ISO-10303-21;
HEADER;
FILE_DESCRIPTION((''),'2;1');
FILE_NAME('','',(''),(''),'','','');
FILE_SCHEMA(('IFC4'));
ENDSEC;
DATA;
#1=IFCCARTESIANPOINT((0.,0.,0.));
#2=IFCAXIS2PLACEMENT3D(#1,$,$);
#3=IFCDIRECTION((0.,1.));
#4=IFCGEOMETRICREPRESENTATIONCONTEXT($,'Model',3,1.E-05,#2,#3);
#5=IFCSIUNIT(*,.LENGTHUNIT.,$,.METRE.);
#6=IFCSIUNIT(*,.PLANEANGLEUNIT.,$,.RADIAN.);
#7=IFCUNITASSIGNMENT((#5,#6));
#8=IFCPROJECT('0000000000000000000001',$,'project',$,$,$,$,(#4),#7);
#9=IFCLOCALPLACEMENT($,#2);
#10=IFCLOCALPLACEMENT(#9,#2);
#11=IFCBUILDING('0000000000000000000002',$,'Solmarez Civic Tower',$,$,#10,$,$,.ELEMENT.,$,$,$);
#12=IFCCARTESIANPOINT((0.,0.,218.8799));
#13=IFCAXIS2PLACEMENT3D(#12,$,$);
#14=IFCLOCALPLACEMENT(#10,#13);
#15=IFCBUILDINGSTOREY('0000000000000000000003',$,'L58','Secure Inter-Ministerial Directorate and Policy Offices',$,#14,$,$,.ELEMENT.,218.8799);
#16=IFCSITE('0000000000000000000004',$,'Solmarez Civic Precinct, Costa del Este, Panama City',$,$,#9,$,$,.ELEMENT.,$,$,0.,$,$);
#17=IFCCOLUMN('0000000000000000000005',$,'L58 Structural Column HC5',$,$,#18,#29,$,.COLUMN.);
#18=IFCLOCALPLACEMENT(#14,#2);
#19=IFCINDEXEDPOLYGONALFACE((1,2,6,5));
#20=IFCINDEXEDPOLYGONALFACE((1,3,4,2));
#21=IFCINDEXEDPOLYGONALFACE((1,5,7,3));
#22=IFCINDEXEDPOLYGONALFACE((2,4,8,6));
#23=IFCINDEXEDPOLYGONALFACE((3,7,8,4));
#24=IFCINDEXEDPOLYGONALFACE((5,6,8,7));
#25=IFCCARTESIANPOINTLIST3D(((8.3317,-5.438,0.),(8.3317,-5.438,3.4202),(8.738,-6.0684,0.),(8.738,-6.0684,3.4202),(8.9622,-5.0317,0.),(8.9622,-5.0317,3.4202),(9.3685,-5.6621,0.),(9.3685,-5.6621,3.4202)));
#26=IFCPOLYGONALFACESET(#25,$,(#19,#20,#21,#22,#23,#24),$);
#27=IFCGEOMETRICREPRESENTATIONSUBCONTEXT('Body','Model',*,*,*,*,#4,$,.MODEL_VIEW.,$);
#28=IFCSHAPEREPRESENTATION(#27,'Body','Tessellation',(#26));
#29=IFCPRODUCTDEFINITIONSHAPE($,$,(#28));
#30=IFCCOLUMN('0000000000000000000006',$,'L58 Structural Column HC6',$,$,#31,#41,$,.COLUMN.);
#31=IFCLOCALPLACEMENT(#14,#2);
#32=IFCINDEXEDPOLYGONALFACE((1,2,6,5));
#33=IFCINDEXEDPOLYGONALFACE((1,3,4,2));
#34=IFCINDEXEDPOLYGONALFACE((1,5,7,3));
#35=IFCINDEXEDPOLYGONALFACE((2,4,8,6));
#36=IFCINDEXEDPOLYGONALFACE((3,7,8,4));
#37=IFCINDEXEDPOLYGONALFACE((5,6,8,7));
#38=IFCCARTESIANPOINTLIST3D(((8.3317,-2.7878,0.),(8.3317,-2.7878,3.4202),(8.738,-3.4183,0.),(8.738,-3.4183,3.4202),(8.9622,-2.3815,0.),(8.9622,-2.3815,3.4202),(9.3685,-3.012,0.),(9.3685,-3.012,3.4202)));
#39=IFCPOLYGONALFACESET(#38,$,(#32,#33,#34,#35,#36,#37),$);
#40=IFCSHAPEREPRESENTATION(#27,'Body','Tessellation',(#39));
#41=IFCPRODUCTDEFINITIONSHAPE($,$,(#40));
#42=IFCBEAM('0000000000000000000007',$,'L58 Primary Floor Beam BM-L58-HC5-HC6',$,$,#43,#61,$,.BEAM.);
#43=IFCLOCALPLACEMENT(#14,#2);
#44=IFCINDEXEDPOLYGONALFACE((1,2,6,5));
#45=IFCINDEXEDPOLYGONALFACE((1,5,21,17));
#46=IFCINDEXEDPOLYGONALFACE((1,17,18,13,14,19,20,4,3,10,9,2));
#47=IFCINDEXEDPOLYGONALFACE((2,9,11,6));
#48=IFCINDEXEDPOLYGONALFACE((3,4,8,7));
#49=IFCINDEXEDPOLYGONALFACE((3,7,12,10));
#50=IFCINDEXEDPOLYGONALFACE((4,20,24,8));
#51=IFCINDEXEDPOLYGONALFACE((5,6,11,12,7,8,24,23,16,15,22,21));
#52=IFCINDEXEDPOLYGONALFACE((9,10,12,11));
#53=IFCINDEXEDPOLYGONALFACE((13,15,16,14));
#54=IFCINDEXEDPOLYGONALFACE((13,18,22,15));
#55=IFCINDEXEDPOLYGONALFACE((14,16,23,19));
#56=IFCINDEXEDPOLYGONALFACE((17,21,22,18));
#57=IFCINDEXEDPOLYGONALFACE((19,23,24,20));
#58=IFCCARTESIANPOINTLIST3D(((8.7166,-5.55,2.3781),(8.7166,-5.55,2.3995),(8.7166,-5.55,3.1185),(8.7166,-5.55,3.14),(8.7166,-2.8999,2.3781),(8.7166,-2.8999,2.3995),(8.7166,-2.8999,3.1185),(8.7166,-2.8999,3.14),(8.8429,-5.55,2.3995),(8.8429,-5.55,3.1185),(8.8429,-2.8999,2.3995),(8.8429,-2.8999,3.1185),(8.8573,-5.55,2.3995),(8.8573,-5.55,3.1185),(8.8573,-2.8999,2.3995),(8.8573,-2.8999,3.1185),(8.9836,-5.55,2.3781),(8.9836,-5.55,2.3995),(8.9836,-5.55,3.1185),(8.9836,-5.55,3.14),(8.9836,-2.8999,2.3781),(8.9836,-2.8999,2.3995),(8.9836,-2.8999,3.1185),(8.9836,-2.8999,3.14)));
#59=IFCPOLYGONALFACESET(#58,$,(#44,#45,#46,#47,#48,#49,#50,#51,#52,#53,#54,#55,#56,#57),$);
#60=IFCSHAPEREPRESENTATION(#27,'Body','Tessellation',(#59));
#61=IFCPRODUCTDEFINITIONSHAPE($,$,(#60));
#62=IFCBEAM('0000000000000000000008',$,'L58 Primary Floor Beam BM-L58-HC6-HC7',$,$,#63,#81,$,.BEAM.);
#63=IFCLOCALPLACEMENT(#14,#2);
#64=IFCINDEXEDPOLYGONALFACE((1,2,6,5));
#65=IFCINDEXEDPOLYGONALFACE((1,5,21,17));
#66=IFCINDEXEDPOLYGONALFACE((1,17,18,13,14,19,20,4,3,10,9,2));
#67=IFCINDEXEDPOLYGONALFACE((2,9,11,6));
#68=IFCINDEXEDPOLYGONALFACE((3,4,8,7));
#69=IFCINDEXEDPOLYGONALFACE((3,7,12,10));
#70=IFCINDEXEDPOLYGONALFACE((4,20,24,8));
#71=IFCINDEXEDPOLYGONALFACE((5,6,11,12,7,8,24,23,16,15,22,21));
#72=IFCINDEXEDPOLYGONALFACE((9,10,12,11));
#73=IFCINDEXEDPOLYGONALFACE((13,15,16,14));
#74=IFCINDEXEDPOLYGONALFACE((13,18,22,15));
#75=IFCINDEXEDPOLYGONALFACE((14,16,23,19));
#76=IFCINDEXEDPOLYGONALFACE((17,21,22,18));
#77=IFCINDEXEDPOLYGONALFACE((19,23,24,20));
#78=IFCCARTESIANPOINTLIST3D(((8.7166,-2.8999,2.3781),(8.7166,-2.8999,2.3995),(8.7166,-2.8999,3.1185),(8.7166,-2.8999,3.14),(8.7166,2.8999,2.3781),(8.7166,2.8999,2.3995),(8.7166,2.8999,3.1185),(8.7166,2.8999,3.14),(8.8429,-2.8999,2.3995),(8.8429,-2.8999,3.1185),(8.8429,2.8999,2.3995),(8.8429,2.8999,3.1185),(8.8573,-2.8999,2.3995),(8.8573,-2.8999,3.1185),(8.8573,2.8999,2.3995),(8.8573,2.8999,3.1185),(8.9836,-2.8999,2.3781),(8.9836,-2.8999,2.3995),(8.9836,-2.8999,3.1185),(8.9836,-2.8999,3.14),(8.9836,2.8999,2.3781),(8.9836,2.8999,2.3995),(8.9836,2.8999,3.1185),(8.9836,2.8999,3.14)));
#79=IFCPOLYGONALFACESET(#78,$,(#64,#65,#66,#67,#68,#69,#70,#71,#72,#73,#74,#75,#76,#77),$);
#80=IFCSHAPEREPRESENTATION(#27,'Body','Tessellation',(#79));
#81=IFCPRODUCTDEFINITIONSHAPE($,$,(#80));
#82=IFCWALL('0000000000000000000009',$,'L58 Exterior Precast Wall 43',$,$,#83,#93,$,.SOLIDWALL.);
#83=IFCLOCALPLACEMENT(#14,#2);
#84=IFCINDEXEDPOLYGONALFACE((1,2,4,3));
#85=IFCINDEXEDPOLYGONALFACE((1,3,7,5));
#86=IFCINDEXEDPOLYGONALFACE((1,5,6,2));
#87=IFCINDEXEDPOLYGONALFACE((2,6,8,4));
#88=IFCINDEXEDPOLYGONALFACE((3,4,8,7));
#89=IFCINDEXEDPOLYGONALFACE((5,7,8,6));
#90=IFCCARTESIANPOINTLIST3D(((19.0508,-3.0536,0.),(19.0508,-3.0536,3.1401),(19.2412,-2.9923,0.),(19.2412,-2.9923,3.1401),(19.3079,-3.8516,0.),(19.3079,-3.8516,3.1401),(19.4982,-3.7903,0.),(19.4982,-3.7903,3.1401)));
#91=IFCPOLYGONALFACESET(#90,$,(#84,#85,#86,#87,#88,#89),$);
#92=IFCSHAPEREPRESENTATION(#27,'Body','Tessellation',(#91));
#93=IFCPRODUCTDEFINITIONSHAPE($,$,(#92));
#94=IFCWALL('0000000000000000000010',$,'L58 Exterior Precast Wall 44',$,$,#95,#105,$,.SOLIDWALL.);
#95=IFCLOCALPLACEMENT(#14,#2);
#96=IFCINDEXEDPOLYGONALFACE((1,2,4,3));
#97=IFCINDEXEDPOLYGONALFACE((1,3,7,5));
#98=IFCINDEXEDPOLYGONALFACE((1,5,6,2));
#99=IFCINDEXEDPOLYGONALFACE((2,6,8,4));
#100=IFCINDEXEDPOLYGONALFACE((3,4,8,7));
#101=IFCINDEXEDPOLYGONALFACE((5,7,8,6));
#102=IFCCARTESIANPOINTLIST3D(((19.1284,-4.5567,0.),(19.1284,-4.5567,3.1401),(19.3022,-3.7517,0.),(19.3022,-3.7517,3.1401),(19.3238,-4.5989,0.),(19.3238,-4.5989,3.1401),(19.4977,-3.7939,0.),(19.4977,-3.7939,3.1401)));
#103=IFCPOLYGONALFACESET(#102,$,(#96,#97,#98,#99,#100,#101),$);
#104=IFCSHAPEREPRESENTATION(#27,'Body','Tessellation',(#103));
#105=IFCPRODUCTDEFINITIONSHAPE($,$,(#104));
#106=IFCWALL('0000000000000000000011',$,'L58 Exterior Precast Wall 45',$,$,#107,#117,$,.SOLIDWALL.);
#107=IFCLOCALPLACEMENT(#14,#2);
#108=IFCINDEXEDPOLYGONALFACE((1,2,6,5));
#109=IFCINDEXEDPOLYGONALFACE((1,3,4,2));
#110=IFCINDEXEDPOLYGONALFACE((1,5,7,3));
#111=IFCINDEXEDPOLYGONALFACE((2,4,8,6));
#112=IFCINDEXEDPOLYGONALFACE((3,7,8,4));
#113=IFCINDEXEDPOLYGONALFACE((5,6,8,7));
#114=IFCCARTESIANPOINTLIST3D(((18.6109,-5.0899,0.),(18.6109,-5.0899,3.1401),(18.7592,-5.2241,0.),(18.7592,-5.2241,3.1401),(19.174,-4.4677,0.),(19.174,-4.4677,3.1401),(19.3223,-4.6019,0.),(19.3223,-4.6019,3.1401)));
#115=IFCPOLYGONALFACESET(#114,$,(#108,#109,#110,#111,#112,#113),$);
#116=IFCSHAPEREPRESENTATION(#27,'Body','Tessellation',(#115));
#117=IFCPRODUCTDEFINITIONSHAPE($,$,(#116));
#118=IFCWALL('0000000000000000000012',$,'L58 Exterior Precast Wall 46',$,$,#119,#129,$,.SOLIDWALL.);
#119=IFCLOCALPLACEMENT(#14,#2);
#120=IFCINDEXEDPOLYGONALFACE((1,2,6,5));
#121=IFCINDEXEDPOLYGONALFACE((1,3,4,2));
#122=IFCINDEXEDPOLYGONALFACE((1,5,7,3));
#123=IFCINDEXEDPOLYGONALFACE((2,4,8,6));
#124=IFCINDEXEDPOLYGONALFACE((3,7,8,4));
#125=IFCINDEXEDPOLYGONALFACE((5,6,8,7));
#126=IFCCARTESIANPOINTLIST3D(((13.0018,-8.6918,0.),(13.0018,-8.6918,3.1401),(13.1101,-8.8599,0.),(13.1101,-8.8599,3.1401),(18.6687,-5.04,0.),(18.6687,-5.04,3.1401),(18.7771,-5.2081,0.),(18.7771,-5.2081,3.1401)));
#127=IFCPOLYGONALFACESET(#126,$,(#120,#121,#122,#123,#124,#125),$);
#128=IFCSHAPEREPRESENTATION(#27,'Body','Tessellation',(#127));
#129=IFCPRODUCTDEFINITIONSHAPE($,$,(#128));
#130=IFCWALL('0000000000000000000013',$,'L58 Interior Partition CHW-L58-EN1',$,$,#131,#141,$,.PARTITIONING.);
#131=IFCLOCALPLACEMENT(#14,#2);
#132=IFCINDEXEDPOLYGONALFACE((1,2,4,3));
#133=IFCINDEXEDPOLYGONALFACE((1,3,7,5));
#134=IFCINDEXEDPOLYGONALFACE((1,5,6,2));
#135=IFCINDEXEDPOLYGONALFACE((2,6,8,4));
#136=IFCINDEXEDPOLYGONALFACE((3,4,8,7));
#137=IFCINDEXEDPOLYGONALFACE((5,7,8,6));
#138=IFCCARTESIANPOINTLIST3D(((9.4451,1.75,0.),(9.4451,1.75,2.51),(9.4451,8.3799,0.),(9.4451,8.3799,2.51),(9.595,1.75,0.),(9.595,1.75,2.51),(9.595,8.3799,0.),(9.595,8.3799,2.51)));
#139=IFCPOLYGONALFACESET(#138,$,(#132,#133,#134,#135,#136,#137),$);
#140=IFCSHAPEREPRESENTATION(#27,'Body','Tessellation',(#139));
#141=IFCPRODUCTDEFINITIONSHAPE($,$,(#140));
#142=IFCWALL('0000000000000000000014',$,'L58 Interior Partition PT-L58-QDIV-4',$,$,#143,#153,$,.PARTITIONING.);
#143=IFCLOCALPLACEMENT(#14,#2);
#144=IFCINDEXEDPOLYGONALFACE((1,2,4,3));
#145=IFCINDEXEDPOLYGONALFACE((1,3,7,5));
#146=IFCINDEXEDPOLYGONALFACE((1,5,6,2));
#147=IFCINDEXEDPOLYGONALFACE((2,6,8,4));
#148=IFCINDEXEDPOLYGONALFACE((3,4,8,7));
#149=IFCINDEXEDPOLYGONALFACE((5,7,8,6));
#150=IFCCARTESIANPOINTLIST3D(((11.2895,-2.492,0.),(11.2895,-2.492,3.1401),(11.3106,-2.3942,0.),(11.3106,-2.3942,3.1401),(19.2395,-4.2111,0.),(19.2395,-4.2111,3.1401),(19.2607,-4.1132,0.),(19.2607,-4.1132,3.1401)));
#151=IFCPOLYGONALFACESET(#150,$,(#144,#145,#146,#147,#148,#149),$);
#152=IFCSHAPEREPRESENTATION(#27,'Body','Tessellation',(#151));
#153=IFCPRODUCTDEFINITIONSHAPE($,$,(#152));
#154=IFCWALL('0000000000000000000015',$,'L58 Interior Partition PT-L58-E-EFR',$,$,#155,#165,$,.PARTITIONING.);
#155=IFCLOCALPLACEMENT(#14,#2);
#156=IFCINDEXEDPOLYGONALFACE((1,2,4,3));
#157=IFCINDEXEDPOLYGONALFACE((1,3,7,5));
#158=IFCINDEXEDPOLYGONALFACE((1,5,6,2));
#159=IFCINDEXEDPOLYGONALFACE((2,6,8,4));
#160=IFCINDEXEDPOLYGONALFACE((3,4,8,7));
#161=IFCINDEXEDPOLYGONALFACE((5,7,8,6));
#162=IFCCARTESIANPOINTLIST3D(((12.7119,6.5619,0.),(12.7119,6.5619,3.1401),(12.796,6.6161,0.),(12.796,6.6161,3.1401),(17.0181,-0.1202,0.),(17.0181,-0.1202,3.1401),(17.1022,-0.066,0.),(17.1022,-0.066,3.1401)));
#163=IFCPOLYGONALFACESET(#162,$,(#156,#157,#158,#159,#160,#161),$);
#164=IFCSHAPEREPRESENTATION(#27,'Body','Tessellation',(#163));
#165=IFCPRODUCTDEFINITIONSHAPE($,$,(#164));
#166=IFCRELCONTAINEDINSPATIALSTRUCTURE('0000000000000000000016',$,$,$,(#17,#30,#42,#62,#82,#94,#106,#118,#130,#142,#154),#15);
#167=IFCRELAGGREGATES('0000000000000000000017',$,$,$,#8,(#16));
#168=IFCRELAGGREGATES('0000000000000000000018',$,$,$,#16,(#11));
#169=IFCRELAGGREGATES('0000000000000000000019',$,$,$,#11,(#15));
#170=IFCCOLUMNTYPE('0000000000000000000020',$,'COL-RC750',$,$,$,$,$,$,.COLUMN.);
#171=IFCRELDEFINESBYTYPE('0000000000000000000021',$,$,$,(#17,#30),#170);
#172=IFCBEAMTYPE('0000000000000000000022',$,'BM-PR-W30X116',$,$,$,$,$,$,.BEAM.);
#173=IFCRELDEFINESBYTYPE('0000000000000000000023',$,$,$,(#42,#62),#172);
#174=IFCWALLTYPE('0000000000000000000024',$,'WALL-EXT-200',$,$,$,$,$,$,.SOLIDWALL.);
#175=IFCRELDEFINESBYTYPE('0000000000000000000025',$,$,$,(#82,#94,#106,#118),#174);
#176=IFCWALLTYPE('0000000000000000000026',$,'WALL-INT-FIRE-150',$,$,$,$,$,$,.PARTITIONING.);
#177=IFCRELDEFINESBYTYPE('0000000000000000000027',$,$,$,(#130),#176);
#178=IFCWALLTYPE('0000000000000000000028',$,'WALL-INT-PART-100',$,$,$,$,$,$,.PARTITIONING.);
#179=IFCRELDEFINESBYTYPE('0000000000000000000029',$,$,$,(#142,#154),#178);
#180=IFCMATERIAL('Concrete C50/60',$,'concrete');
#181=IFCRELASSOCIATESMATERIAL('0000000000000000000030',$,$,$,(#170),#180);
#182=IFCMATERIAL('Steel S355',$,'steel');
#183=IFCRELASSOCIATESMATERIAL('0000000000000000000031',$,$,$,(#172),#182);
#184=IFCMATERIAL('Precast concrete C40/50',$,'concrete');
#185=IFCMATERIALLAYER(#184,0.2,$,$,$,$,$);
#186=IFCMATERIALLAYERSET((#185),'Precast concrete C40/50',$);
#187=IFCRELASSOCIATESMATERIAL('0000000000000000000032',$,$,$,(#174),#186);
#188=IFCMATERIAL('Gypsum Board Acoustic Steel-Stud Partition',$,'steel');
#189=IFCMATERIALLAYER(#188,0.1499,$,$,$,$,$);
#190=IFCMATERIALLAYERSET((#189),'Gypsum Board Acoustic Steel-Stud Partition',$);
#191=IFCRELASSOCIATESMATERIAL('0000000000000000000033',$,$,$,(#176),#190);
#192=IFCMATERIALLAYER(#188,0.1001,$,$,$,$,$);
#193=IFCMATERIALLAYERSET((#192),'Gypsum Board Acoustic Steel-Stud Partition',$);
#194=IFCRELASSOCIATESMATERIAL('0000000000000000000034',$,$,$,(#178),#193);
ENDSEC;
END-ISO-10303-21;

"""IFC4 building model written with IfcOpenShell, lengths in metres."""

from ifc_helpers import new_model, si_unit, direction, frame, frame_2d, origin, origin_2d, place, context, subcontext, project, spatial, rectangle, i_section, extrude, material, layer, layer_set, material_profile, profile_set, type_object, element, save


model = new_model("IFC4")

# Units and contexts
model_context = context("Model", 3, precision=1e-05, world=origin(), true_north=direction((0.0, 1.0)))
body_context = subcontext(model_context, "Body", "Model", "MODEL_VIEW")
ifc_project = project(units=[si_unit("LENGTHUNIT", "METRE"), si_unit("PLANEANGLEUNIT", "RADIAN")], contexts=[model_context])

# Site, building, storey
site_placement = place(None, origin())
site = spatial("IfcSite", under=ifc_project, at=site_placement, Name="Solmarez Civic Precinct, Costa del Este, Panama City", CompositionType="ELEMENT", RefElevation=0.0)
building_placement = place(site_placement, origin())
building = spatial("IfcBuilding", under=site, at=building_placement, Name="Solmarez Civic Tower", CompositionType="ELEMENT")
storey_placement = place(building_placement, frame((0.0, 0.0, 218.8799)))
storey = spatial("IfcBuildingStorey", under=building, at=storey_placement, Name="L58", Description="Secure Inter-Ministerial Directorate and Policy Offices", CompositionType="ELEMENT", Elevation=218.8799)

# Columns
ifc_material_1 = material(Name="Concrete C50/60", Category="concrete")
ifc_material_profile_1 = material_profile(ifc_material_1, rectangle(XDim=0.75, YDim=0.75, at=origin_2d()), Name="RC750X750")
ifc_profile_set_1 = profile_set([ifc_material_profile_1], Name="Concrete C50/60")
column_type = type_object("IfcColumnType", Name="COL-RC750", PredefinedType="COLUMN", material=ifc_profile_set_1)
for number, where, z_axis, x_axis, name in (
    (1, (8.8501, -5.55, 0.0), (0.0, 0.0, 1.0), (0.840567, 0.541708, 0.0), "L58 Structural Column HC5"),
    (2, (8.8501, -2.8999, 0.0), (0.0, 0.0, 1.0), (0.840567, 0.541708, 0.0), "L58 Structural Column HC6"),
):
    element("IfcColumn", number, at=place(storey_placement, frame(where, z_axis=z_axis, x_axis=x_axis)), inside=storey, type_object=column_type, Name=name, PredefinedType="COLUMN", context=body_context, shape_type="SweptSolid", body=[
        extrude(rectangle(XDim=0.75, YDim=0.75, at=origin_2d()), origin(), (0.0, 0.0, 1.0), 3.4202),
    ])

# Beams
ifc_material_2 = material(Name="Steel S355", Category="steel")
ifc_material_profile_2 = material_profile(ifc_material_2, i_section(OverallWidth=0.2671, OverallDepth=0.762, WebThickness=0.0144, FlangeThickness=0.0215, at=origin_2d()), Name="W30X116")
ifc_profile_set_2 = profile_set([ifc_material_profile_2], Name="Steel S355")
beam_type = type_object("IfcBeamType", Name="BM-PR-W30X116", PredefinedType="BEAM", material=ifc_profile_set_2)
beam_1_placement = place(storey_placement, frame((8.8501, -5.55, 2.759), z_axis=(0.0, 1.0, 0.0), x_axis=(-1.0, 0.0, 0.0)))
element("IfcBeam", 3, at=beam_1_placement, inside=storey, type_object=beam_type, Name="L58 Primary Floor Beam BM-L58-HC5-HC6", PredefinedType="BEAM", context=body_context, shape_type="SweptSolid", body=[
    extrude(i_section(OverallWidth=0.2671, OverallDepth=0.762, WebThickness=0.0144, FlangeThickness=0.0215, at=origin_2d()), origin(), (0.0, 0.0, 1.0), 2.6501),
])
beam_2_placement = place(storey_placement, frame((8.8501, -2.8999, 2.759), z_axis=(0.0, 1.0, 0.0), x_axis=(-1.0, 0.0, 0.0)))
element("IfcBeam", 4, at=beam_2_placement, inside=storey, type_object=beam_type, Name="L58 Primary Floor Beam BM-L58-HC6-HC7", PredefinedType="BEAM", context=body_context, shape_type="SweptSolid", body=[
    extrude(i_section(OverallWidth=0.2671, OverallDepth=0.762, WebThickness=0.0144, FlangeThickness=0.0215, at=origin_2d()), origin(), (0.0, 0.0, 1.0), 5.7998),
])

# Walls
ifc_material_3 = material(Name="Precast concrete C40/50", Category="concrete")
ifc_layer_1 = layer(ifc_material_3, 0.2)
ifc_layer_set_1 = layer_set([ifc_layer_1], Name="Precast concrete C40/50")
wall_type_1 = type_object("IfcWallType", Name="WALL-EXT-200", PredefinedType="SOLIDWALL", material=ifc_layer_set_1)
wall_1_placement = place(storey_placement, frame((19.146, -3.0229, 0.0), z_axis=(0.0, 0.0, 1.0), x_axis=(0.306603, -0.951838, 0.0)))
element("IfcWall", 5, at=wall_1_placement, inside=storey, type_object=wall_type_1, Name="L58 Exterior Precast Wall 43", PredefinedType="SOLIDWALL", context=body_context, shape_type="SweptSolid", body=[
    extrude(rectangle(XDim=0.8384, YDim=0.2, at=frame_2d((0.4192, 0.0))), origin(), (0.0, 0.0, 1.0), 3.1401),
])
wall_2_placement = place(storey_placement, frame((19.3999, -3.7729, 0.0), z_axis=(0.0, 0.0, 1.0), x_axis=(-0.211088, -0.977467, 0.0)))
element("IfcWall", 6, at=wall_2_placement, inside=storey, type_object=wall_type_1, Name="L58 Exterior Precast Wall 44", PredefinedType="SOLIDWALL", context=body_context, shape_type="SweptSolid", body=[
    extrude(rectangle(XDim=0.8235, YDim=0.2, at=frame_2d((0.4116, 0.0))), origin(), (0.0, 0.0, 1.0), 3.1401),
])
wall_3_placement = place(storey_placement, frame((19.248, -4.5349, 0.0), z_axis=(0.0, 0.0, 1.0), x_axis=(-0.67102, -0.741439, 0.0)))
element("IfcWall", 7, at=wall_3_placement, inside=storey, type_object=wall_type_1, Name="L58 Exterior Precast Wall 45", PredefinedType="SOLIDWALL", context=body_context, shape_type="SweptSolid", body=[
    extrude(rectangle(XDim=0.8391, YDim=0.2, at=frame_2d((0.4194, 0.0))), origin(), (0.0, 0.0, 1.0), 3.1401),
])
wall_4_placement = place(storey_placement, frame((18.7229, -5.124, 0.0), z_axis=(0.0, 0.0, 1.0), x_axis=(-0.840585, -0.54168, 0.0)))
element("IfcWall", 8, at=wall_4_placement, inside=storey, type_object=wall_type_1, Name="L58 Exterior Precast Wall 46", PredefinedType="SOLIDWALL", context=body_context, shape_type="SweptSolid", body=[
    extrude(rectangle(XDim=6.7417, YDim=0.2, at=frame_2d((3.3708, 0.0))), origin(), (0.0, 0.0, 1.0), 3.1401),
])
ifc_material_4 = material(Name="Gypsum Board Acoustic Steel-Stud Partition", Category="steel")
ifc_layer_2 = layer(ifc_material_4, 0.1499)
ifc_layer_set_2 = layer_set([ifc_layer_2], Name="Gypsum Board Acoustic Steel-Stud Partition")
wall_type_2 = type_object("IfcWallType", Name="WALL-INT-FIRE-150", PredefinedType="PARTITIONING", material=ifc_layer_set_2)
wall_5_placement = place(storey_placement, frame((9.52, 1.75, 0.0), z_axis=(0.0, 0.0, 1.0), x_axis=(0.0, 1.0, 0.0)))
element("IfcWall", 9, at=wall_5_placement, inside=storey, type_object=wall_type_2, Name="L58 Interior Partition CHW-L58-EN1", PredefinedType="PARTITIONING", context=body_context, shape_type="SweptSolid", body=[
    extrude(rectangle(XDim=6.6299, YDim=0.1499, at=frame_2d((3.3149, 0.0))), origin(), (0.0, 0.0, 1.0), 2.51),
])
ifc_layer_3 = layer(ifc_material_4, 0.1001)
ifc_layer_set_3 = layer_set([ifc_layer_3], Name="Gypsum Board Acoustic Steel-Stud Partition")
wall_type_3 = type_object("IfcWallType", Name="WALL-INT-PART-100", PredefinedType="PARTITIONING", material=ifc_layer_set_3)
wall_6_placement = place(storey_placement, frame((11.3, -2.4431, 0.0), z_axis=(0.0, 0.0, 1.0), x_axis=(0.977412, -0.211343, 0.0)))
element("IfcWall", 10, at=wall_6_placement, inside=storey, type_object=wall_type_3, Name="L58 Interior Partition PT-L58-QDIV-4", PredefinedType="PARTITIONING", context=body_context, shape_type="SweptSolid", body=[
    extrude(rectangle(XDim=8.1338, YDim=0.1001, at=frame_2d((4.0669, 0.0))), origin(), (0.0, 0.0, 1.0), 3.1401),
])
wall_7_placement = place(storey_placement, frame((17.0601, -0.093, 0.0), z_axis=(0.0, 0.0, 1.0), x_axis=(-0.541692, 0.840577, 0.0)))
element("IfcWall", 11, at=wall_7_placement, inside=storey, type_object=wall_type_3, Name="L58 Interior Partition PT-L58-E-EFR", PredefinedType="PARTITIONING", context=body_context, shape_type="SweptSolid", body=[
    extrude(rectangle(XDim=7.9495, YDim=0.1001, at=frame_2d((3.9746, 0.0))), origin(), (0.0, 0.0, 1.0), 3.1401),
])

save(model, "model.ifc")
